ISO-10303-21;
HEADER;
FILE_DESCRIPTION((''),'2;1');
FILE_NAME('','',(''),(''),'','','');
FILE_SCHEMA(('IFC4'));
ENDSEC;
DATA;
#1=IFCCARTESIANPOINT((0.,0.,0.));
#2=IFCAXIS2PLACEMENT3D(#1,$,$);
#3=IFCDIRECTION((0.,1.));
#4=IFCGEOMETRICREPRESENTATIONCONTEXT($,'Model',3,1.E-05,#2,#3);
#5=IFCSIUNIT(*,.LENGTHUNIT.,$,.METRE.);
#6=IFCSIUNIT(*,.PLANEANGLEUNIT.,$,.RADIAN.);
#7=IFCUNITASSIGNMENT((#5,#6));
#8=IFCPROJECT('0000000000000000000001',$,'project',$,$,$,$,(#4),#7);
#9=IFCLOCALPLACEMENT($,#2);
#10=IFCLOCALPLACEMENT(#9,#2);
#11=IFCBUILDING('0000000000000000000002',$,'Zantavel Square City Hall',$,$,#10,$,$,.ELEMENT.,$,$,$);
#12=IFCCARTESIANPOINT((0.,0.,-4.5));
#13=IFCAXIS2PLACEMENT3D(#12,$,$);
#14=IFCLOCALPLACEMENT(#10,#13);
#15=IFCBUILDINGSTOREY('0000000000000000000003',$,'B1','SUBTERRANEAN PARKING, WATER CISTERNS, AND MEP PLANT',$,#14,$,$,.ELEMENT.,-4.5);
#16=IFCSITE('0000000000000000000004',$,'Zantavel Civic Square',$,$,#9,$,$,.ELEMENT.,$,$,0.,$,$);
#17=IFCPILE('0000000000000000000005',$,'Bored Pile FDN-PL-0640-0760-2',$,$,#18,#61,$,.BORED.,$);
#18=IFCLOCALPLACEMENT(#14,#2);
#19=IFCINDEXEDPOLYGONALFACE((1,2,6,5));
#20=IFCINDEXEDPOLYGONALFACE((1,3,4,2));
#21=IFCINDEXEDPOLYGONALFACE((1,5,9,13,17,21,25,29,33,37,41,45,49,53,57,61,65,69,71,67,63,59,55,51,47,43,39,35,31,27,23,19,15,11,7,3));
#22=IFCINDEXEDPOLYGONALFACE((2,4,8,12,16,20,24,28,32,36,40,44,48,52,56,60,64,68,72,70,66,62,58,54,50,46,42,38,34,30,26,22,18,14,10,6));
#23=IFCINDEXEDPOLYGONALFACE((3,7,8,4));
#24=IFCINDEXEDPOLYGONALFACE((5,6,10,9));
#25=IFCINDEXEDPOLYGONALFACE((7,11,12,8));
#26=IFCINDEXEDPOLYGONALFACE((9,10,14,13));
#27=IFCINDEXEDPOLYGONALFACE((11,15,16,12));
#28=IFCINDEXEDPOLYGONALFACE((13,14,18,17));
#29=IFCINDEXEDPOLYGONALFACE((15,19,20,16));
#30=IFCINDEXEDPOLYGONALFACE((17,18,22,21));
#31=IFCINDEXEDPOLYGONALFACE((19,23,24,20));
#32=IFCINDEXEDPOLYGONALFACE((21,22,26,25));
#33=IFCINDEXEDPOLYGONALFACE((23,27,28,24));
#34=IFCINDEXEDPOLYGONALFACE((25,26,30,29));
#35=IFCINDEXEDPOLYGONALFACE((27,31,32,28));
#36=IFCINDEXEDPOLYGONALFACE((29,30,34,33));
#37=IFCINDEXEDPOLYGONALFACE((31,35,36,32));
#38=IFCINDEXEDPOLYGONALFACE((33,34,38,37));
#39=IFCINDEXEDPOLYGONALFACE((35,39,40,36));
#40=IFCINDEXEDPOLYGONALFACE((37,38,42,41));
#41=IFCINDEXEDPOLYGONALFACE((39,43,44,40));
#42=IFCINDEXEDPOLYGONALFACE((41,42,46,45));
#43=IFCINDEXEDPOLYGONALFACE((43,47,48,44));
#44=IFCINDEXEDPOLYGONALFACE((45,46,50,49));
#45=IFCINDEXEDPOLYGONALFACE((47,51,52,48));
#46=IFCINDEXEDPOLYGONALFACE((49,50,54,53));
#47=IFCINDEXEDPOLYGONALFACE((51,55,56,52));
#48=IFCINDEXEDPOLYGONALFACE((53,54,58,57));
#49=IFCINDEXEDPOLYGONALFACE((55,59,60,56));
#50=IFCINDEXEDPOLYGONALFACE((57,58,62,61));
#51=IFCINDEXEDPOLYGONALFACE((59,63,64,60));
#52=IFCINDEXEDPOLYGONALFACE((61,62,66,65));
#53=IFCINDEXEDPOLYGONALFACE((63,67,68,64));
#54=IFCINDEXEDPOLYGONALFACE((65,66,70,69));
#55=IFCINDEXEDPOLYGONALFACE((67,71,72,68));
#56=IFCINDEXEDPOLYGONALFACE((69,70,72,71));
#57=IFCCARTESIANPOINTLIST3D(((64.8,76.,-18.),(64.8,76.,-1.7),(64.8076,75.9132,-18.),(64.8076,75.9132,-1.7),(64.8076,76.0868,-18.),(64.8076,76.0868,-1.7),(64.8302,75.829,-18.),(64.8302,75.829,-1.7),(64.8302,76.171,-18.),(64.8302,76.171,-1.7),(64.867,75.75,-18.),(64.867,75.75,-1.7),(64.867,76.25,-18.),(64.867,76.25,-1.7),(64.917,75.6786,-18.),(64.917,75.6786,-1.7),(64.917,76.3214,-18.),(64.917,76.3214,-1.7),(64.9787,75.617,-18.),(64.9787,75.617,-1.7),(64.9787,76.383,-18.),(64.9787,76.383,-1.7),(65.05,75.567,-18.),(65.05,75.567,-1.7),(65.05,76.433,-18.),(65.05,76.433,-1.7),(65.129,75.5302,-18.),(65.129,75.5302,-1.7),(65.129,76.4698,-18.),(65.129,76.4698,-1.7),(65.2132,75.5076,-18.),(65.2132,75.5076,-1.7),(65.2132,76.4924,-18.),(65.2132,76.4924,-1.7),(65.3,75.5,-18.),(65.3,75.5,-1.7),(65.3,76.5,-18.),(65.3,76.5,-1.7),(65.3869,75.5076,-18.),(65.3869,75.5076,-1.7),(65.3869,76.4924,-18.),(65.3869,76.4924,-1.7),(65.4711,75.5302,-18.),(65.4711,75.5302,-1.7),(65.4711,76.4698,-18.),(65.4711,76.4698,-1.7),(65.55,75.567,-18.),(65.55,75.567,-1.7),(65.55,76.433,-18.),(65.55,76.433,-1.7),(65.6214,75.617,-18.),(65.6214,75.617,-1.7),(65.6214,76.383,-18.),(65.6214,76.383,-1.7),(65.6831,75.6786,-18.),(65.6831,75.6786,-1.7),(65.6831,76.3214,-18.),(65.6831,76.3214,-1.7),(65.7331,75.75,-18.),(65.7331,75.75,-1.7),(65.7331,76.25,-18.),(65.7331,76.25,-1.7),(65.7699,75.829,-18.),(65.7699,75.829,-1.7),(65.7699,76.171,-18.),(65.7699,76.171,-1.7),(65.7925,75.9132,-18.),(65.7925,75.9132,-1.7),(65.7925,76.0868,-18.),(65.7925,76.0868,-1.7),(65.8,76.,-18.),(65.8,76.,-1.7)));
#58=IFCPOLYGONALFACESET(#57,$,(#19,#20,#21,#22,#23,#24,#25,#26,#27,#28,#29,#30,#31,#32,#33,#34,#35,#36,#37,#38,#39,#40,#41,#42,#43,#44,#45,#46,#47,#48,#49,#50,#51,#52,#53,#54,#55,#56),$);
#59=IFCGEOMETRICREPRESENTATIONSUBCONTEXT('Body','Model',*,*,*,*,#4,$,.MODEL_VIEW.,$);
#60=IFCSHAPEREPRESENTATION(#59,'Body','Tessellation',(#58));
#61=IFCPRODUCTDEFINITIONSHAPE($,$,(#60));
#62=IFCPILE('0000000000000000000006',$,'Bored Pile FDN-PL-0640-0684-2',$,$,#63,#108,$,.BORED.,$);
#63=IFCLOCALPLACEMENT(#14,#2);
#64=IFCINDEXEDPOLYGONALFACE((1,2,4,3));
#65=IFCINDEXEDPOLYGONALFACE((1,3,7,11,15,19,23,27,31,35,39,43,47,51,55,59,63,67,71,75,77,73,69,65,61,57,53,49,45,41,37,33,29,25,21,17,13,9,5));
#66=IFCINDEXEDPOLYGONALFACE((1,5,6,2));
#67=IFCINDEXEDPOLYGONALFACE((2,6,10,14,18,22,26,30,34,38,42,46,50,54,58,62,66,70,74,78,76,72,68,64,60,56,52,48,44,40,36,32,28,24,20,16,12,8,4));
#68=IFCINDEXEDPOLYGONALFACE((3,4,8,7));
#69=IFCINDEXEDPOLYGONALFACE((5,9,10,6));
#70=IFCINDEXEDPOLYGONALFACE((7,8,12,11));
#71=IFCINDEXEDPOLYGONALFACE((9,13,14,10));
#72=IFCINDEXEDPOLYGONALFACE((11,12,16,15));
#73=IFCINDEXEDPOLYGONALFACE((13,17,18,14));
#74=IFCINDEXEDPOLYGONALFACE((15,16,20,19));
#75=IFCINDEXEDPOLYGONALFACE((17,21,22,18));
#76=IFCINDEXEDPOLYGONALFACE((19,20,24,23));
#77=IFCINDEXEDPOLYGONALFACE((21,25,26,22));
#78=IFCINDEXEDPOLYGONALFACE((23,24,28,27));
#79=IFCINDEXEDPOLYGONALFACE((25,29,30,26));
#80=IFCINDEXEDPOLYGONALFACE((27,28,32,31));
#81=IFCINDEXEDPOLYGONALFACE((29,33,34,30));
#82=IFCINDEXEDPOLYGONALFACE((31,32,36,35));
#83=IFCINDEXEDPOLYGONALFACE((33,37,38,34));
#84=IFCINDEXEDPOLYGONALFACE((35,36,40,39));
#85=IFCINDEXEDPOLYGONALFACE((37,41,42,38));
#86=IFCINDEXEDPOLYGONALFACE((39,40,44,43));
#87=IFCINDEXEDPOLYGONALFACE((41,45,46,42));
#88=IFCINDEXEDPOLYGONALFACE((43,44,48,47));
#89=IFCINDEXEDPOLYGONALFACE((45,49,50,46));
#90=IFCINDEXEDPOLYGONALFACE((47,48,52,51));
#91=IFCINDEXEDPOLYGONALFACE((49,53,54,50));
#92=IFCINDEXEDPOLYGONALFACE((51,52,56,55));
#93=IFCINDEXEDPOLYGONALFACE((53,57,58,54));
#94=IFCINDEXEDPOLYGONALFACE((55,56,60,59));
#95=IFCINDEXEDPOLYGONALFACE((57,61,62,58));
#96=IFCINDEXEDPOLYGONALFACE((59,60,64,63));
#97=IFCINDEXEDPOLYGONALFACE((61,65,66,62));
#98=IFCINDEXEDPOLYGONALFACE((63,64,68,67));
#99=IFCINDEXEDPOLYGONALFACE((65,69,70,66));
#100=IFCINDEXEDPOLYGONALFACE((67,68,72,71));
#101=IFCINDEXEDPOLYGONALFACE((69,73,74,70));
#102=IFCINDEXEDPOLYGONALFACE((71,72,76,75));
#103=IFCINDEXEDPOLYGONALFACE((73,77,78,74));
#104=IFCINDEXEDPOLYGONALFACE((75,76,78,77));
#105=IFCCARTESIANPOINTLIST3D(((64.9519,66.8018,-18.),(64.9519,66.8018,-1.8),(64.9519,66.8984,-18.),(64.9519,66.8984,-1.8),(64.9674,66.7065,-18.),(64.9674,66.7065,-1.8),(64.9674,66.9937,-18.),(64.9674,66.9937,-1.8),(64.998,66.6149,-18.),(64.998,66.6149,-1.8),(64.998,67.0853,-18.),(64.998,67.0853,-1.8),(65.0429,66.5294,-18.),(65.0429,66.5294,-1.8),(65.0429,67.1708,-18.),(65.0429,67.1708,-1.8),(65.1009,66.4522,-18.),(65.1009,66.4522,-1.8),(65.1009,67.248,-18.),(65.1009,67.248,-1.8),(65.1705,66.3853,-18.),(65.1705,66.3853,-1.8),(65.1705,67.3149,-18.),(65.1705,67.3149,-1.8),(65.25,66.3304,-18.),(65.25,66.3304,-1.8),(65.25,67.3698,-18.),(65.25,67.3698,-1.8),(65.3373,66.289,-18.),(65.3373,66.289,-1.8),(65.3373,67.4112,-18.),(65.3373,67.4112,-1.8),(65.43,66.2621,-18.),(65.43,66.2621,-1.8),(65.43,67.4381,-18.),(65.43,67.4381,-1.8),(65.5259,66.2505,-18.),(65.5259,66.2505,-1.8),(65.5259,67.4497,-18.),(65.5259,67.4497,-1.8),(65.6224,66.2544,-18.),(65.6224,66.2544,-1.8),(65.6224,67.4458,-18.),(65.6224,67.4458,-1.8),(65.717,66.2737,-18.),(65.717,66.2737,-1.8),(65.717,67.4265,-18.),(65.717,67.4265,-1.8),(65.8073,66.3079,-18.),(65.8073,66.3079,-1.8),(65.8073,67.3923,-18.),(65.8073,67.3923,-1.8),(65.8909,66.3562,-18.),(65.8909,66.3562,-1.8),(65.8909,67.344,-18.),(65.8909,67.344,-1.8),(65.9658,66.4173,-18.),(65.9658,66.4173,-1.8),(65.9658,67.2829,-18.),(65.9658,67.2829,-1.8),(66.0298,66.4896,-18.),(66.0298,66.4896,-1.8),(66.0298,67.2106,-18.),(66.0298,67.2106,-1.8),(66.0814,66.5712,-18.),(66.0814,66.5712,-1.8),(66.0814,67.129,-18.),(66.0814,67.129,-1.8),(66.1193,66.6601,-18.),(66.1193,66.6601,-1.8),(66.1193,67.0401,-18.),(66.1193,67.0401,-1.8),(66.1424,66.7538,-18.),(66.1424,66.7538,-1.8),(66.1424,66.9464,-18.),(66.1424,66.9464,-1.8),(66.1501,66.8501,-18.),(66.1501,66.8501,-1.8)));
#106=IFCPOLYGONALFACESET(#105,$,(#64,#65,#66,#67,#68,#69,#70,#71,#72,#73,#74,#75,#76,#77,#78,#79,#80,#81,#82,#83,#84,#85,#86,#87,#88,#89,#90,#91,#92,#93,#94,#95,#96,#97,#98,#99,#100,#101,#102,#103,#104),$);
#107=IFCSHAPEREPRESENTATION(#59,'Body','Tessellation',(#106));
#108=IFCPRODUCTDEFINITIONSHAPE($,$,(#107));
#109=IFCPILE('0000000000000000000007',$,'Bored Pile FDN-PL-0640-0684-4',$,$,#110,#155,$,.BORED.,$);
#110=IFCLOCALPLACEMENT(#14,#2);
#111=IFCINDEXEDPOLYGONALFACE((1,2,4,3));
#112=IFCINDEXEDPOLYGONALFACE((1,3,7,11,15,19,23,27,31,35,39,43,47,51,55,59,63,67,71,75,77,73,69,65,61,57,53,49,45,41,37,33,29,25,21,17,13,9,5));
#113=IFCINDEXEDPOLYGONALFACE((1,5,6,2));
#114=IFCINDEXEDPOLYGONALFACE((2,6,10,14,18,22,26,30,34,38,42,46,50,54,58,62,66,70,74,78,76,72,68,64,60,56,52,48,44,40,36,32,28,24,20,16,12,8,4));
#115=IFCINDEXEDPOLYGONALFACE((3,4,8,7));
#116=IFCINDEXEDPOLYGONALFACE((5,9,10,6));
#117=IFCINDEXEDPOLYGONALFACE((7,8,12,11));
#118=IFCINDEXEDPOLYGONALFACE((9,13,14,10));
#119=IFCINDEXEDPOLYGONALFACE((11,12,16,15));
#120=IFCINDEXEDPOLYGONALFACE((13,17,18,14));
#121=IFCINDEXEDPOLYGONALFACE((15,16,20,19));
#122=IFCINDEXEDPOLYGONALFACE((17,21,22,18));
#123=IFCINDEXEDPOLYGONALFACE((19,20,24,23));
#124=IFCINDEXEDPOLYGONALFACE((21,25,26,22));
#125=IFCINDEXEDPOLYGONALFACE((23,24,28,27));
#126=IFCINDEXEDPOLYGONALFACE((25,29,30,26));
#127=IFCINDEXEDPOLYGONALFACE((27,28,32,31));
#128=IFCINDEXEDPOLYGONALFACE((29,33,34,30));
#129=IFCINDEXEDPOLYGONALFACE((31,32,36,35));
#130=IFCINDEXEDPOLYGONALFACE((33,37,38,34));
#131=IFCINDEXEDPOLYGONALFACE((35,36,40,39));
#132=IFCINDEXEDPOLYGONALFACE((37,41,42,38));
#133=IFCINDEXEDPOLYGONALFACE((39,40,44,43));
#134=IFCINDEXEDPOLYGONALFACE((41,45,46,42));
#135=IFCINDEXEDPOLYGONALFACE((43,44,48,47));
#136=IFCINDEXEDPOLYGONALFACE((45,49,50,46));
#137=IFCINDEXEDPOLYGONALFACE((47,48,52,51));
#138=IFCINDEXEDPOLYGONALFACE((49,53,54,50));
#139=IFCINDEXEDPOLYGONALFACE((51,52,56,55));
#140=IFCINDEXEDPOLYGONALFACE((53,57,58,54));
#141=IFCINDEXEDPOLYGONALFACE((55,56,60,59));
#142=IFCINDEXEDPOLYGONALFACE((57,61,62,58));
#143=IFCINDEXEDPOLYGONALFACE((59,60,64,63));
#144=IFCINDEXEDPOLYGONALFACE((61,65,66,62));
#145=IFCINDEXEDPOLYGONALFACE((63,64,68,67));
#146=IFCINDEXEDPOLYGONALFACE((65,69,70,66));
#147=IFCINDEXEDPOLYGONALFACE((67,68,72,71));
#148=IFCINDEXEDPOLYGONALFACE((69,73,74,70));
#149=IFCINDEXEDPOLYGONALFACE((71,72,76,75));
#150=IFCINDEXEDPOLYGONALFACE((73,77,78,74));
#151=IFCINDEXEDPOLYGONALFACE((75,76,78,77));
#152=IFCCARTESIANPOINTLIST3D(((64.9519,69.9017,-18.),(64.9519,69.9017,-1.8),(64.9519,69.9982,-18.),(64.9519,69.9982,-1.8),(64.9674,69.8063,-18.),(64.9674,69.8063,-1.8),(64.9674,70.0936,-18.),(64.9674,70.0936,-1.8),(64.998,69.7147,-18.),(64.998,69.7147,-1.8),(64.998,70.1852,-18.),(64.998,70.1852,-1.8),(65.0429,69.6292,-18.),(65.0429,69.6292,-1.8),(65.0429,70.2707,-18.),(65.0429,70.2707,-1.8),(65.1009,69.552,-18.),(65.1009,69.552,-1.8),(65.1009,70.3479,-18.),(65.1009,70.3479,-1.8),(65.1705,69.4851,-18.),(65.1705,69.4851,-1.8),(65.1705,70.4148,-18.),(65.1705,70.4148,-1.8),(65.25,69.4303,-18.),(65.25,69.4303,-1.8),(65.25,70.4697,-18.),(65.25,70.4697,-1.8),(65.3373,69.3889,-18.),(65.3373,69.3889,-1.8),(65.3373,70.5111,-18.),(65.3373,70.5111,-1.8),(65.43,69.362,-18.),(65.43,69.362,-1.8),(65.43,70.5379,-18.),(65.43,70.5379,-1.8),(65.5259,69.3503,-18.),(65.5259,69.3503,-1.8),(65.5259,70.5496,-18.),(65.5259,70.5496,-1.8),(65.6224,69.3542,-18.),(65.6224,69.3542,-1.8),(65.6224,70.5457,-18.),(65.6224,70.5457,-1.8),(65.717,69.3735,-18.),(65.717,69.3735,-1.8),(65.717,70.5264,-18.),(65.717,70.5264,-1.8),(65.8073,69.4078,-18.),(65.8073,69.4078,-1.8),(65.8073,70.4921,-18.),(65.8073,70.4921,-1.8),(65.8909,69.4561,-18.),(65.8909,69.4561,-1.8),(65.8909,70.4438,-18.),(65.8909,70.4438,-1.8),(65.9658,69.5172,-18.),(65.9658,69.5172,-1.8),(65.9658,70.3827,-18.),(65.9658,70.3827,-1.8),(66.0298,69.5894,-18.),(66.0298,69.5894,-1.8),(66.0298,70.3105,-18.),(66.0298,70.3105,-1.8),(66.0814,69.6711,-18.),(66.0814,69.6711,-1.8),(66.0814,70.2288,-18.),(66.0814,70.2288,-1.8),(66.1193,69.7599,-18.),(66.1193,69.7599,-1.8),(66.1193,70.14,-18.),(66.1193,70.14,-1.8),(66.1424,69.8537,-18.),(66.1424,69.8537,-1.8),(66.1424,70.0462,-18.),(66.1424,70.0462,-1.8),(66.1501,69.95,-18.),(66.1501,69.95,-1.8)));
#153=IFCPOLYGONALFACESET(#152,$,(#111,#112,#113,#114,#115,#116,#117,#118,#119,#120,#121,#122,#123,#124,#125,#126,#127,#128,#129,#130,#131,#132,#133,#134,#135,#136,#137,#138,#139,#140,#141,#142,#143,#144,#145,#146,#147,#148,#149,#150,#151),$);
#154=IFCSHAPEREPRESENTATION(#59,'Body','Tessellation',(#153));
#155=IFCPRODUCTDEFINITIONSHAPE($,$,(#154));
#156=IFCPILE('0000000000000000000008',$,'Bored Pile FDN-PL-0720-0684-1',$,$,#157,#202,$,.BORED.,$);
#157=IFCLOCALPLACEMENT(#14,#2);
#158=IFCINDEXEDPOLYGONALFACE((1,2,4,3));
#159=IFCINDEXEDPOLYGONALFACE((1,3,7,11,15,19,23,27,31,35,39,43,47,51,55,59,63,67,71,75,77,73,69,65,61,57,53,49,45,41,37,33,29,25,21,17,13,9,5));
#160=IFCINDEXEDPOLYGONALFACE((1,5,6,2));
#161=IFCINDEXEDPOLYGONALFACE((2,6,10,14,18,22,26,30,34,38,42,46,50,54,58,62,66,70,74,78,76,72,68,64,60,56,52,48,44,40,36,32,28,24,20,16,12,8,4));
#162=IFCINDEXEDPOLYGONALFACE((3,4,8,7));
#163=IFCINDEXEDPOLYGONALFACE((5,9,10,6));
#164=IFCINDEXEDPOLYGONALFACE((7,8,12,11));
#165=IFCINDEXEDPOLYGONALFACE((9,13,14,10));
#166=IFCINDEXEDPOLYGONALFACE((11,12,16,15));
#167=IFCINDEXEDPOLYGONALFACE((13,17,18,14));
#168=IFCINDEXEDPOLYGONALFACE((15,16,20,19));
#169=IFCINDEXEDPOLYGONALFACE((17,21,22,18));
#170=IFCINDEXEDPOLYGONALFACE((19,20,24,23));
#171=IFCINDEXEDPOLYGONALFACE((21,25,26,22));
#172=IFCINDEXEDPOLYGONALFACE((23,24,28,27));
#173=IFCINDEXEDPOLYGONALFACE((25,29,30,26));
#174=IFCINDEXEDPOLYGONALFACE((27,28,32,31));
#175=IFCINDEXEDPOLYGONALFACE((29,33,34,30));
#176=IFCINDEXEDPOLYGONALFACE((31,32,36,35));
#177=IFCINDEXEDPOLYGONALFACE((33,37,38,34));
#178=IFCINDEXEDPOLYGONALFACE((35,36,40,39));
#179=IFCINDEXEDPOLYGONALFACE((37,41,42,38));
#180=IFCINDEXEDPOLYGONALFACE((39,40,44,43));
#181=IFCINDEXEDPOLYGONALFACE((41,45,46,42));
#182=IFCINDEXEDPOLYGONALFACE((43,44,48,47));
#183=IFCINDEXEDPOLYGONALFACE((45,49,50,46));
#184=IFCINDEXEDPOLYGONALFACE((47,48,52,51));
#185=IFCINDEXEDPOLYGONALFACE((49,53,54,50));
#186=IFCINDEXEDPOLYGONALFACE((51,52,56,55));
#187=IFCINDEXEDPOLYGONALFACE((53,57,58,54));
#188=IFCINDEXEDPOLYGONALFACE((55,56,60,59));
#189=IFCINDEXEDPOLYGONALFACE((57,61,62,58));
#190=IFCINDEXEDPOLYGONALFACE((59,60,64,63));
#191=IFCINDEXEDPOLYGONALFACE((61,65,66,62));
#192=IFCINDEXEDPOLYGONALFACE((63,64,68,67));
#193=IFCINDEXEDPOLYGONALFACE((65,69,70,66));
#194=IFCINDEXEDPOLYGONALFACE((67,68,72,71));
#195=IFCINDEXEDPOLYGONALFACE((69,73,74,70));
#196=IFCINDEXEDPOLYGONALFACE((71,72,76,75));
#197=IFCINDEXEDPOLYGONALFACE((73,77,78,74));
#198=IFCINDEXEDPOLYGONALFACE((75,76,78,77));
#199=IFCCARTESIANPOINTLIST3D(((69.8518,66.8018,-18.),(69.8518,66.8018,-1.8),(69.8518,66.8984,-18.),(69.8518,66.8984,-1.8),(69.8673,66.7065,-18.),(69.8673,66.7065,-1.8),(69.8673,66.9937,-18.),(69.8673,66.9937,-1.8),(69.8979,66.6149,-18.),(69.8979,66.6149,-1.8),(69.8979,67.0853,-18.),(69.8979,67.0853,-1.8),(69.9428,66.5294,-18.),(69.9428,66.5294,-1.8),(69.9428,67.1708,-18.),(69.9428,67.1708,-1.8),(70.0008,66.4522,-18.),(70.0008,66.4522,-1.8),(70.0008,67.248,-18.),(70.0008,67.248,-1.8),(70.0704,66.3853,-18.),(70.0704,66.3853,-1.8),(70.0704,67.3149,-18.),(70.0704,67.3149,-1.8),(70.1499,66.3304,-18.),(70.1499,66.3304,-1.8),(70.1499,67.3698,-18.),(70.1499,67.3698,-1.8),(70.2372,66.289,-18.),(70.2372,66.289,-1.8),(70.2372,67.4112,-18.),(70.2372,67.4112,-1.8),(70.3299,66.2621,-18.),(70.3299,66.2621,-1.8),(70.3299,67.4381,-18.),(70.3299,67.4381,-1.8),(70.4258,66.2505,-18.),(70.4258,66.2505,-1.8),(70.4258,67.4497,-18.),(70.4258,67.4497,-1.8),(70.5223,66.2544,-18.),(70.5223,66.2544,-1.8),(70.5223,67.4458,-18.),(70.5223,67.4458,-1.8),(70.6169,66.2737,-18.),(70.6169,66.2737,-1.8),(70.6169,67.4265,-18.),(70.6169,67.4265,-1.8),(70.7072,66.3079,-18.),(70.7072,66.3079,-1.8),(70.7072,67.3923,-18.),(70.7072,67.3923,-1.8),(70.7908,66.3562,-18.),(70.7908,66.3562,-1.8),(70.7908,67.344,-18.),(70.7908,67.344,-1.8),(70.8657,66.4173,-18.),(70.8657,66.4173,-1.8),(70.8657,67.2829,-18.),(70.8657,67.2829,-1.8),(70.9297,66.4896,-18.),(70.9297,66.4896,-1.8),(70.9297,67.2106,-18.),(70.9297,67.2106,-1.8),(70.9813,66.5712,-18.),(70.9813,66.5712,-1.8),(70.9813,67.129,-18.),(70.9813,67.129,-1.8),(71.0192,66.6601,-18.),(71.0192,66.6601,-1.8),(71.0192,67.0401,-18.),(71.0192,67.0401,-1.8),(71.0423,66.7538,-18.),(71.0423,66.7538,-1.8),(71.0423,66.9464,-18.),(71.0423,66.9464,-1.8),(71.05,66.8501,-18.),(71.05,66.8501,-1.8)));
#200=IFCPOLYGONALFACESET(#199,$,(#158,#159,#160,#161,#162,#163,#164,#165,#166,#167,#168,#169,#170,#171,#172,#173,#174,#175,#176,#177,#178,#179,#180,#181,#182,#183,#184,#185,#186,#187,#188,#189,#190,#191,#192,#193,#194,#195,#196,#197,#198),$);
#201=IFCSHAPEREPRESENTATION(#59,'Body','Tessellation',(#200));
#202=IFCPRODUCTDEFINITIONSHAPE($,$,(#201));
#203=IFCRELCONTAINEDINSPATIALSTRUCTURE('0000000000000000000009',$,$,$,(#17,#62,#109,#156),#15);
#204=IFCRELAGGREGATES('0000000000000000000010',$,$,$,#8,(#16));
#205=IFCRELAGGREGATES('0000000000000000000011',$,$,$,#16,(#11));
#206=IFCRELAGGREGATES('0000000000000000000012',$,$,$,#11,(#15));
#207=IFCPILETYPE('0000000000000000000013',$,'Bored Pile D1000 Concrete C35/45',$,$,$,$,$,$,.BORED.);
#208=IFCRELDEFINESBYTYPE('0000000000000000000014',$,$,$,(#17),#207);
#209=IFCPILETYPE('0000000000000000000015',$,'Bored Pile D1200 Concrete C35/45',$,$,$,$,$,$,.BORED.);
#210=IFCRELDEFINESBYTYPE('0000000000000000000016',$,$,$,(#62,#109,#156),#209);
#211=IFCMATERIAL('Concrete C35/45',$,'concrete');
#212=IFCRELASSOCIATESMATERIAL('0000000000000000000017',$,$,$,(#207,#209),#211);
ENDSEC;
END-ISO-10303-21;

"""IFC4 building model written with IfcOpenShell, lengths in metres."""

from ifc_helpers import new_model, si_unit, direction, frame, origin, origin_2d, place, context, subcontext, project, spatial, circle, extrude, material, material_profile, profile_set, type_object, element, save


model = new_model("IFC4")

# Units and contexts
model_context = context("Model", 3, precision=1e-05, world=origin(), true_north=direction((0.0, 1.0)))
body_context = subcontext(model_context, "Body", "Model", "MODEL_VIEW")
ifc_project = project(units=[si_unit("LENGTHUNIT", "METRE"), si_unit("PLANEANGLEUNIT", "RADIAN")], contexts=[model_context])

# Site, building, storey
site_placement = place(None, origin())
site = spatial("IfcSite", under=ifc_project, at=site_placement, Name="Zantavel Civic Square", CompositionType="ELEMENT", RefElevation=0.0)
building_placement = place(site_placement, origin())
building = spatial("IfcBuilding", under=site, at=building_placement, Name="Zantavel Square City Hall", CompositionType="ELEMENT")
storey_placement = place(building_placement, frame((0.0, 0.0, -4.5)))
storey = spatial("IfcBuildingStorey", under=building, at=storey_placement, Name="B1", Description="SUBTERRANEAN PARKING, WATER CISTERNS, AND MEP PLANT", CompositionType="ELEMENT", Elevation=-4.5)

# Piles
ifc_material_1 = material(Name="Concrete C35/45", Category="concrete")
ifc_material_profile_1 = material_profile(ifc_material_1, circle(Radius=0.5, at=origin_2d()), Name="PILE D1000")
ifc_profile_set_1 = profile_set([ifc_material_profile_1], Name="Concrete C35/45")
pile_type_1 = type_object("IfcPileType", Name="Bored Pile D1000 Concrete C35/45", PredefinedType="BORED", material=ifc_profile_set_1)
pile_placement = place(storey_placement, frame((65.3, 76.0, -1.7), z_axis=(0.0, 0.0, -1.0), x_axis=(1.0, 0.0, 0.0)))
element("IfcPile", 1, at=pile_placement, inside=storey, type_object=pile_type_1, Name="Bored Pile FDN-PL-0640-0760-2", PredefinedType="BORED", context=body_context, shape_type="SweptSolid", body=[
    extrude(circle(Radius=0.5, at=origin_2d()), origin(), (0.0, 0.0, 1.0), 16.3),
])
ifc_material_profile_2 = material_profile(ifc_material_1, circle(Radius=0.6001, at=origin_2d()), Name="PILE D1200")
ifc_profile_set_2 = profile_set([ifc_material_profile_2], Name="Concrete C35/45")
pile_type_2 = type_object("IfcPileType", Name="Bored Pile D1200 Concrete C35/45", PredefinedType="BORED", material=ifc_profile_set_2)
for number, where, z_axis, x_axis, name in (
    (2, (65.55, 66.8501, -1.8), (0.0, 0.0, -1.0), (1.0, 0.0, 0.0), "Bored Pile FDN-PL-0640-0684-2"),
    (3, (65.55, 69.95, -1.8), (0.0, 0.0, -1.0), (1.0, 0.0, 0.0), "Bored Pile FDN-PL-0640-0684-4"),
    (4, (70.45, 66.8501, -1.8), (0.0, 0.0, -1.0), (1.0, 0.0, 0.0), "Bored Pile FDN-PL-0720-0684-1"),
):
    element("IfcPile", number, at=place(storey_placement, frame(where, z_axis=z_axis, x_axis=x_axis)), inside=storey, type_object=pile_type_2, Name=name, PredefinedType="BORED", context=body_context, shape_type="SweptSolid", body=[
        extrude(circle(Radius=0.6001, at=origin_2d()), origin(), (0.0, 0.0, 1.0), 16.2),
    ])

save(model, "model.ifc")
